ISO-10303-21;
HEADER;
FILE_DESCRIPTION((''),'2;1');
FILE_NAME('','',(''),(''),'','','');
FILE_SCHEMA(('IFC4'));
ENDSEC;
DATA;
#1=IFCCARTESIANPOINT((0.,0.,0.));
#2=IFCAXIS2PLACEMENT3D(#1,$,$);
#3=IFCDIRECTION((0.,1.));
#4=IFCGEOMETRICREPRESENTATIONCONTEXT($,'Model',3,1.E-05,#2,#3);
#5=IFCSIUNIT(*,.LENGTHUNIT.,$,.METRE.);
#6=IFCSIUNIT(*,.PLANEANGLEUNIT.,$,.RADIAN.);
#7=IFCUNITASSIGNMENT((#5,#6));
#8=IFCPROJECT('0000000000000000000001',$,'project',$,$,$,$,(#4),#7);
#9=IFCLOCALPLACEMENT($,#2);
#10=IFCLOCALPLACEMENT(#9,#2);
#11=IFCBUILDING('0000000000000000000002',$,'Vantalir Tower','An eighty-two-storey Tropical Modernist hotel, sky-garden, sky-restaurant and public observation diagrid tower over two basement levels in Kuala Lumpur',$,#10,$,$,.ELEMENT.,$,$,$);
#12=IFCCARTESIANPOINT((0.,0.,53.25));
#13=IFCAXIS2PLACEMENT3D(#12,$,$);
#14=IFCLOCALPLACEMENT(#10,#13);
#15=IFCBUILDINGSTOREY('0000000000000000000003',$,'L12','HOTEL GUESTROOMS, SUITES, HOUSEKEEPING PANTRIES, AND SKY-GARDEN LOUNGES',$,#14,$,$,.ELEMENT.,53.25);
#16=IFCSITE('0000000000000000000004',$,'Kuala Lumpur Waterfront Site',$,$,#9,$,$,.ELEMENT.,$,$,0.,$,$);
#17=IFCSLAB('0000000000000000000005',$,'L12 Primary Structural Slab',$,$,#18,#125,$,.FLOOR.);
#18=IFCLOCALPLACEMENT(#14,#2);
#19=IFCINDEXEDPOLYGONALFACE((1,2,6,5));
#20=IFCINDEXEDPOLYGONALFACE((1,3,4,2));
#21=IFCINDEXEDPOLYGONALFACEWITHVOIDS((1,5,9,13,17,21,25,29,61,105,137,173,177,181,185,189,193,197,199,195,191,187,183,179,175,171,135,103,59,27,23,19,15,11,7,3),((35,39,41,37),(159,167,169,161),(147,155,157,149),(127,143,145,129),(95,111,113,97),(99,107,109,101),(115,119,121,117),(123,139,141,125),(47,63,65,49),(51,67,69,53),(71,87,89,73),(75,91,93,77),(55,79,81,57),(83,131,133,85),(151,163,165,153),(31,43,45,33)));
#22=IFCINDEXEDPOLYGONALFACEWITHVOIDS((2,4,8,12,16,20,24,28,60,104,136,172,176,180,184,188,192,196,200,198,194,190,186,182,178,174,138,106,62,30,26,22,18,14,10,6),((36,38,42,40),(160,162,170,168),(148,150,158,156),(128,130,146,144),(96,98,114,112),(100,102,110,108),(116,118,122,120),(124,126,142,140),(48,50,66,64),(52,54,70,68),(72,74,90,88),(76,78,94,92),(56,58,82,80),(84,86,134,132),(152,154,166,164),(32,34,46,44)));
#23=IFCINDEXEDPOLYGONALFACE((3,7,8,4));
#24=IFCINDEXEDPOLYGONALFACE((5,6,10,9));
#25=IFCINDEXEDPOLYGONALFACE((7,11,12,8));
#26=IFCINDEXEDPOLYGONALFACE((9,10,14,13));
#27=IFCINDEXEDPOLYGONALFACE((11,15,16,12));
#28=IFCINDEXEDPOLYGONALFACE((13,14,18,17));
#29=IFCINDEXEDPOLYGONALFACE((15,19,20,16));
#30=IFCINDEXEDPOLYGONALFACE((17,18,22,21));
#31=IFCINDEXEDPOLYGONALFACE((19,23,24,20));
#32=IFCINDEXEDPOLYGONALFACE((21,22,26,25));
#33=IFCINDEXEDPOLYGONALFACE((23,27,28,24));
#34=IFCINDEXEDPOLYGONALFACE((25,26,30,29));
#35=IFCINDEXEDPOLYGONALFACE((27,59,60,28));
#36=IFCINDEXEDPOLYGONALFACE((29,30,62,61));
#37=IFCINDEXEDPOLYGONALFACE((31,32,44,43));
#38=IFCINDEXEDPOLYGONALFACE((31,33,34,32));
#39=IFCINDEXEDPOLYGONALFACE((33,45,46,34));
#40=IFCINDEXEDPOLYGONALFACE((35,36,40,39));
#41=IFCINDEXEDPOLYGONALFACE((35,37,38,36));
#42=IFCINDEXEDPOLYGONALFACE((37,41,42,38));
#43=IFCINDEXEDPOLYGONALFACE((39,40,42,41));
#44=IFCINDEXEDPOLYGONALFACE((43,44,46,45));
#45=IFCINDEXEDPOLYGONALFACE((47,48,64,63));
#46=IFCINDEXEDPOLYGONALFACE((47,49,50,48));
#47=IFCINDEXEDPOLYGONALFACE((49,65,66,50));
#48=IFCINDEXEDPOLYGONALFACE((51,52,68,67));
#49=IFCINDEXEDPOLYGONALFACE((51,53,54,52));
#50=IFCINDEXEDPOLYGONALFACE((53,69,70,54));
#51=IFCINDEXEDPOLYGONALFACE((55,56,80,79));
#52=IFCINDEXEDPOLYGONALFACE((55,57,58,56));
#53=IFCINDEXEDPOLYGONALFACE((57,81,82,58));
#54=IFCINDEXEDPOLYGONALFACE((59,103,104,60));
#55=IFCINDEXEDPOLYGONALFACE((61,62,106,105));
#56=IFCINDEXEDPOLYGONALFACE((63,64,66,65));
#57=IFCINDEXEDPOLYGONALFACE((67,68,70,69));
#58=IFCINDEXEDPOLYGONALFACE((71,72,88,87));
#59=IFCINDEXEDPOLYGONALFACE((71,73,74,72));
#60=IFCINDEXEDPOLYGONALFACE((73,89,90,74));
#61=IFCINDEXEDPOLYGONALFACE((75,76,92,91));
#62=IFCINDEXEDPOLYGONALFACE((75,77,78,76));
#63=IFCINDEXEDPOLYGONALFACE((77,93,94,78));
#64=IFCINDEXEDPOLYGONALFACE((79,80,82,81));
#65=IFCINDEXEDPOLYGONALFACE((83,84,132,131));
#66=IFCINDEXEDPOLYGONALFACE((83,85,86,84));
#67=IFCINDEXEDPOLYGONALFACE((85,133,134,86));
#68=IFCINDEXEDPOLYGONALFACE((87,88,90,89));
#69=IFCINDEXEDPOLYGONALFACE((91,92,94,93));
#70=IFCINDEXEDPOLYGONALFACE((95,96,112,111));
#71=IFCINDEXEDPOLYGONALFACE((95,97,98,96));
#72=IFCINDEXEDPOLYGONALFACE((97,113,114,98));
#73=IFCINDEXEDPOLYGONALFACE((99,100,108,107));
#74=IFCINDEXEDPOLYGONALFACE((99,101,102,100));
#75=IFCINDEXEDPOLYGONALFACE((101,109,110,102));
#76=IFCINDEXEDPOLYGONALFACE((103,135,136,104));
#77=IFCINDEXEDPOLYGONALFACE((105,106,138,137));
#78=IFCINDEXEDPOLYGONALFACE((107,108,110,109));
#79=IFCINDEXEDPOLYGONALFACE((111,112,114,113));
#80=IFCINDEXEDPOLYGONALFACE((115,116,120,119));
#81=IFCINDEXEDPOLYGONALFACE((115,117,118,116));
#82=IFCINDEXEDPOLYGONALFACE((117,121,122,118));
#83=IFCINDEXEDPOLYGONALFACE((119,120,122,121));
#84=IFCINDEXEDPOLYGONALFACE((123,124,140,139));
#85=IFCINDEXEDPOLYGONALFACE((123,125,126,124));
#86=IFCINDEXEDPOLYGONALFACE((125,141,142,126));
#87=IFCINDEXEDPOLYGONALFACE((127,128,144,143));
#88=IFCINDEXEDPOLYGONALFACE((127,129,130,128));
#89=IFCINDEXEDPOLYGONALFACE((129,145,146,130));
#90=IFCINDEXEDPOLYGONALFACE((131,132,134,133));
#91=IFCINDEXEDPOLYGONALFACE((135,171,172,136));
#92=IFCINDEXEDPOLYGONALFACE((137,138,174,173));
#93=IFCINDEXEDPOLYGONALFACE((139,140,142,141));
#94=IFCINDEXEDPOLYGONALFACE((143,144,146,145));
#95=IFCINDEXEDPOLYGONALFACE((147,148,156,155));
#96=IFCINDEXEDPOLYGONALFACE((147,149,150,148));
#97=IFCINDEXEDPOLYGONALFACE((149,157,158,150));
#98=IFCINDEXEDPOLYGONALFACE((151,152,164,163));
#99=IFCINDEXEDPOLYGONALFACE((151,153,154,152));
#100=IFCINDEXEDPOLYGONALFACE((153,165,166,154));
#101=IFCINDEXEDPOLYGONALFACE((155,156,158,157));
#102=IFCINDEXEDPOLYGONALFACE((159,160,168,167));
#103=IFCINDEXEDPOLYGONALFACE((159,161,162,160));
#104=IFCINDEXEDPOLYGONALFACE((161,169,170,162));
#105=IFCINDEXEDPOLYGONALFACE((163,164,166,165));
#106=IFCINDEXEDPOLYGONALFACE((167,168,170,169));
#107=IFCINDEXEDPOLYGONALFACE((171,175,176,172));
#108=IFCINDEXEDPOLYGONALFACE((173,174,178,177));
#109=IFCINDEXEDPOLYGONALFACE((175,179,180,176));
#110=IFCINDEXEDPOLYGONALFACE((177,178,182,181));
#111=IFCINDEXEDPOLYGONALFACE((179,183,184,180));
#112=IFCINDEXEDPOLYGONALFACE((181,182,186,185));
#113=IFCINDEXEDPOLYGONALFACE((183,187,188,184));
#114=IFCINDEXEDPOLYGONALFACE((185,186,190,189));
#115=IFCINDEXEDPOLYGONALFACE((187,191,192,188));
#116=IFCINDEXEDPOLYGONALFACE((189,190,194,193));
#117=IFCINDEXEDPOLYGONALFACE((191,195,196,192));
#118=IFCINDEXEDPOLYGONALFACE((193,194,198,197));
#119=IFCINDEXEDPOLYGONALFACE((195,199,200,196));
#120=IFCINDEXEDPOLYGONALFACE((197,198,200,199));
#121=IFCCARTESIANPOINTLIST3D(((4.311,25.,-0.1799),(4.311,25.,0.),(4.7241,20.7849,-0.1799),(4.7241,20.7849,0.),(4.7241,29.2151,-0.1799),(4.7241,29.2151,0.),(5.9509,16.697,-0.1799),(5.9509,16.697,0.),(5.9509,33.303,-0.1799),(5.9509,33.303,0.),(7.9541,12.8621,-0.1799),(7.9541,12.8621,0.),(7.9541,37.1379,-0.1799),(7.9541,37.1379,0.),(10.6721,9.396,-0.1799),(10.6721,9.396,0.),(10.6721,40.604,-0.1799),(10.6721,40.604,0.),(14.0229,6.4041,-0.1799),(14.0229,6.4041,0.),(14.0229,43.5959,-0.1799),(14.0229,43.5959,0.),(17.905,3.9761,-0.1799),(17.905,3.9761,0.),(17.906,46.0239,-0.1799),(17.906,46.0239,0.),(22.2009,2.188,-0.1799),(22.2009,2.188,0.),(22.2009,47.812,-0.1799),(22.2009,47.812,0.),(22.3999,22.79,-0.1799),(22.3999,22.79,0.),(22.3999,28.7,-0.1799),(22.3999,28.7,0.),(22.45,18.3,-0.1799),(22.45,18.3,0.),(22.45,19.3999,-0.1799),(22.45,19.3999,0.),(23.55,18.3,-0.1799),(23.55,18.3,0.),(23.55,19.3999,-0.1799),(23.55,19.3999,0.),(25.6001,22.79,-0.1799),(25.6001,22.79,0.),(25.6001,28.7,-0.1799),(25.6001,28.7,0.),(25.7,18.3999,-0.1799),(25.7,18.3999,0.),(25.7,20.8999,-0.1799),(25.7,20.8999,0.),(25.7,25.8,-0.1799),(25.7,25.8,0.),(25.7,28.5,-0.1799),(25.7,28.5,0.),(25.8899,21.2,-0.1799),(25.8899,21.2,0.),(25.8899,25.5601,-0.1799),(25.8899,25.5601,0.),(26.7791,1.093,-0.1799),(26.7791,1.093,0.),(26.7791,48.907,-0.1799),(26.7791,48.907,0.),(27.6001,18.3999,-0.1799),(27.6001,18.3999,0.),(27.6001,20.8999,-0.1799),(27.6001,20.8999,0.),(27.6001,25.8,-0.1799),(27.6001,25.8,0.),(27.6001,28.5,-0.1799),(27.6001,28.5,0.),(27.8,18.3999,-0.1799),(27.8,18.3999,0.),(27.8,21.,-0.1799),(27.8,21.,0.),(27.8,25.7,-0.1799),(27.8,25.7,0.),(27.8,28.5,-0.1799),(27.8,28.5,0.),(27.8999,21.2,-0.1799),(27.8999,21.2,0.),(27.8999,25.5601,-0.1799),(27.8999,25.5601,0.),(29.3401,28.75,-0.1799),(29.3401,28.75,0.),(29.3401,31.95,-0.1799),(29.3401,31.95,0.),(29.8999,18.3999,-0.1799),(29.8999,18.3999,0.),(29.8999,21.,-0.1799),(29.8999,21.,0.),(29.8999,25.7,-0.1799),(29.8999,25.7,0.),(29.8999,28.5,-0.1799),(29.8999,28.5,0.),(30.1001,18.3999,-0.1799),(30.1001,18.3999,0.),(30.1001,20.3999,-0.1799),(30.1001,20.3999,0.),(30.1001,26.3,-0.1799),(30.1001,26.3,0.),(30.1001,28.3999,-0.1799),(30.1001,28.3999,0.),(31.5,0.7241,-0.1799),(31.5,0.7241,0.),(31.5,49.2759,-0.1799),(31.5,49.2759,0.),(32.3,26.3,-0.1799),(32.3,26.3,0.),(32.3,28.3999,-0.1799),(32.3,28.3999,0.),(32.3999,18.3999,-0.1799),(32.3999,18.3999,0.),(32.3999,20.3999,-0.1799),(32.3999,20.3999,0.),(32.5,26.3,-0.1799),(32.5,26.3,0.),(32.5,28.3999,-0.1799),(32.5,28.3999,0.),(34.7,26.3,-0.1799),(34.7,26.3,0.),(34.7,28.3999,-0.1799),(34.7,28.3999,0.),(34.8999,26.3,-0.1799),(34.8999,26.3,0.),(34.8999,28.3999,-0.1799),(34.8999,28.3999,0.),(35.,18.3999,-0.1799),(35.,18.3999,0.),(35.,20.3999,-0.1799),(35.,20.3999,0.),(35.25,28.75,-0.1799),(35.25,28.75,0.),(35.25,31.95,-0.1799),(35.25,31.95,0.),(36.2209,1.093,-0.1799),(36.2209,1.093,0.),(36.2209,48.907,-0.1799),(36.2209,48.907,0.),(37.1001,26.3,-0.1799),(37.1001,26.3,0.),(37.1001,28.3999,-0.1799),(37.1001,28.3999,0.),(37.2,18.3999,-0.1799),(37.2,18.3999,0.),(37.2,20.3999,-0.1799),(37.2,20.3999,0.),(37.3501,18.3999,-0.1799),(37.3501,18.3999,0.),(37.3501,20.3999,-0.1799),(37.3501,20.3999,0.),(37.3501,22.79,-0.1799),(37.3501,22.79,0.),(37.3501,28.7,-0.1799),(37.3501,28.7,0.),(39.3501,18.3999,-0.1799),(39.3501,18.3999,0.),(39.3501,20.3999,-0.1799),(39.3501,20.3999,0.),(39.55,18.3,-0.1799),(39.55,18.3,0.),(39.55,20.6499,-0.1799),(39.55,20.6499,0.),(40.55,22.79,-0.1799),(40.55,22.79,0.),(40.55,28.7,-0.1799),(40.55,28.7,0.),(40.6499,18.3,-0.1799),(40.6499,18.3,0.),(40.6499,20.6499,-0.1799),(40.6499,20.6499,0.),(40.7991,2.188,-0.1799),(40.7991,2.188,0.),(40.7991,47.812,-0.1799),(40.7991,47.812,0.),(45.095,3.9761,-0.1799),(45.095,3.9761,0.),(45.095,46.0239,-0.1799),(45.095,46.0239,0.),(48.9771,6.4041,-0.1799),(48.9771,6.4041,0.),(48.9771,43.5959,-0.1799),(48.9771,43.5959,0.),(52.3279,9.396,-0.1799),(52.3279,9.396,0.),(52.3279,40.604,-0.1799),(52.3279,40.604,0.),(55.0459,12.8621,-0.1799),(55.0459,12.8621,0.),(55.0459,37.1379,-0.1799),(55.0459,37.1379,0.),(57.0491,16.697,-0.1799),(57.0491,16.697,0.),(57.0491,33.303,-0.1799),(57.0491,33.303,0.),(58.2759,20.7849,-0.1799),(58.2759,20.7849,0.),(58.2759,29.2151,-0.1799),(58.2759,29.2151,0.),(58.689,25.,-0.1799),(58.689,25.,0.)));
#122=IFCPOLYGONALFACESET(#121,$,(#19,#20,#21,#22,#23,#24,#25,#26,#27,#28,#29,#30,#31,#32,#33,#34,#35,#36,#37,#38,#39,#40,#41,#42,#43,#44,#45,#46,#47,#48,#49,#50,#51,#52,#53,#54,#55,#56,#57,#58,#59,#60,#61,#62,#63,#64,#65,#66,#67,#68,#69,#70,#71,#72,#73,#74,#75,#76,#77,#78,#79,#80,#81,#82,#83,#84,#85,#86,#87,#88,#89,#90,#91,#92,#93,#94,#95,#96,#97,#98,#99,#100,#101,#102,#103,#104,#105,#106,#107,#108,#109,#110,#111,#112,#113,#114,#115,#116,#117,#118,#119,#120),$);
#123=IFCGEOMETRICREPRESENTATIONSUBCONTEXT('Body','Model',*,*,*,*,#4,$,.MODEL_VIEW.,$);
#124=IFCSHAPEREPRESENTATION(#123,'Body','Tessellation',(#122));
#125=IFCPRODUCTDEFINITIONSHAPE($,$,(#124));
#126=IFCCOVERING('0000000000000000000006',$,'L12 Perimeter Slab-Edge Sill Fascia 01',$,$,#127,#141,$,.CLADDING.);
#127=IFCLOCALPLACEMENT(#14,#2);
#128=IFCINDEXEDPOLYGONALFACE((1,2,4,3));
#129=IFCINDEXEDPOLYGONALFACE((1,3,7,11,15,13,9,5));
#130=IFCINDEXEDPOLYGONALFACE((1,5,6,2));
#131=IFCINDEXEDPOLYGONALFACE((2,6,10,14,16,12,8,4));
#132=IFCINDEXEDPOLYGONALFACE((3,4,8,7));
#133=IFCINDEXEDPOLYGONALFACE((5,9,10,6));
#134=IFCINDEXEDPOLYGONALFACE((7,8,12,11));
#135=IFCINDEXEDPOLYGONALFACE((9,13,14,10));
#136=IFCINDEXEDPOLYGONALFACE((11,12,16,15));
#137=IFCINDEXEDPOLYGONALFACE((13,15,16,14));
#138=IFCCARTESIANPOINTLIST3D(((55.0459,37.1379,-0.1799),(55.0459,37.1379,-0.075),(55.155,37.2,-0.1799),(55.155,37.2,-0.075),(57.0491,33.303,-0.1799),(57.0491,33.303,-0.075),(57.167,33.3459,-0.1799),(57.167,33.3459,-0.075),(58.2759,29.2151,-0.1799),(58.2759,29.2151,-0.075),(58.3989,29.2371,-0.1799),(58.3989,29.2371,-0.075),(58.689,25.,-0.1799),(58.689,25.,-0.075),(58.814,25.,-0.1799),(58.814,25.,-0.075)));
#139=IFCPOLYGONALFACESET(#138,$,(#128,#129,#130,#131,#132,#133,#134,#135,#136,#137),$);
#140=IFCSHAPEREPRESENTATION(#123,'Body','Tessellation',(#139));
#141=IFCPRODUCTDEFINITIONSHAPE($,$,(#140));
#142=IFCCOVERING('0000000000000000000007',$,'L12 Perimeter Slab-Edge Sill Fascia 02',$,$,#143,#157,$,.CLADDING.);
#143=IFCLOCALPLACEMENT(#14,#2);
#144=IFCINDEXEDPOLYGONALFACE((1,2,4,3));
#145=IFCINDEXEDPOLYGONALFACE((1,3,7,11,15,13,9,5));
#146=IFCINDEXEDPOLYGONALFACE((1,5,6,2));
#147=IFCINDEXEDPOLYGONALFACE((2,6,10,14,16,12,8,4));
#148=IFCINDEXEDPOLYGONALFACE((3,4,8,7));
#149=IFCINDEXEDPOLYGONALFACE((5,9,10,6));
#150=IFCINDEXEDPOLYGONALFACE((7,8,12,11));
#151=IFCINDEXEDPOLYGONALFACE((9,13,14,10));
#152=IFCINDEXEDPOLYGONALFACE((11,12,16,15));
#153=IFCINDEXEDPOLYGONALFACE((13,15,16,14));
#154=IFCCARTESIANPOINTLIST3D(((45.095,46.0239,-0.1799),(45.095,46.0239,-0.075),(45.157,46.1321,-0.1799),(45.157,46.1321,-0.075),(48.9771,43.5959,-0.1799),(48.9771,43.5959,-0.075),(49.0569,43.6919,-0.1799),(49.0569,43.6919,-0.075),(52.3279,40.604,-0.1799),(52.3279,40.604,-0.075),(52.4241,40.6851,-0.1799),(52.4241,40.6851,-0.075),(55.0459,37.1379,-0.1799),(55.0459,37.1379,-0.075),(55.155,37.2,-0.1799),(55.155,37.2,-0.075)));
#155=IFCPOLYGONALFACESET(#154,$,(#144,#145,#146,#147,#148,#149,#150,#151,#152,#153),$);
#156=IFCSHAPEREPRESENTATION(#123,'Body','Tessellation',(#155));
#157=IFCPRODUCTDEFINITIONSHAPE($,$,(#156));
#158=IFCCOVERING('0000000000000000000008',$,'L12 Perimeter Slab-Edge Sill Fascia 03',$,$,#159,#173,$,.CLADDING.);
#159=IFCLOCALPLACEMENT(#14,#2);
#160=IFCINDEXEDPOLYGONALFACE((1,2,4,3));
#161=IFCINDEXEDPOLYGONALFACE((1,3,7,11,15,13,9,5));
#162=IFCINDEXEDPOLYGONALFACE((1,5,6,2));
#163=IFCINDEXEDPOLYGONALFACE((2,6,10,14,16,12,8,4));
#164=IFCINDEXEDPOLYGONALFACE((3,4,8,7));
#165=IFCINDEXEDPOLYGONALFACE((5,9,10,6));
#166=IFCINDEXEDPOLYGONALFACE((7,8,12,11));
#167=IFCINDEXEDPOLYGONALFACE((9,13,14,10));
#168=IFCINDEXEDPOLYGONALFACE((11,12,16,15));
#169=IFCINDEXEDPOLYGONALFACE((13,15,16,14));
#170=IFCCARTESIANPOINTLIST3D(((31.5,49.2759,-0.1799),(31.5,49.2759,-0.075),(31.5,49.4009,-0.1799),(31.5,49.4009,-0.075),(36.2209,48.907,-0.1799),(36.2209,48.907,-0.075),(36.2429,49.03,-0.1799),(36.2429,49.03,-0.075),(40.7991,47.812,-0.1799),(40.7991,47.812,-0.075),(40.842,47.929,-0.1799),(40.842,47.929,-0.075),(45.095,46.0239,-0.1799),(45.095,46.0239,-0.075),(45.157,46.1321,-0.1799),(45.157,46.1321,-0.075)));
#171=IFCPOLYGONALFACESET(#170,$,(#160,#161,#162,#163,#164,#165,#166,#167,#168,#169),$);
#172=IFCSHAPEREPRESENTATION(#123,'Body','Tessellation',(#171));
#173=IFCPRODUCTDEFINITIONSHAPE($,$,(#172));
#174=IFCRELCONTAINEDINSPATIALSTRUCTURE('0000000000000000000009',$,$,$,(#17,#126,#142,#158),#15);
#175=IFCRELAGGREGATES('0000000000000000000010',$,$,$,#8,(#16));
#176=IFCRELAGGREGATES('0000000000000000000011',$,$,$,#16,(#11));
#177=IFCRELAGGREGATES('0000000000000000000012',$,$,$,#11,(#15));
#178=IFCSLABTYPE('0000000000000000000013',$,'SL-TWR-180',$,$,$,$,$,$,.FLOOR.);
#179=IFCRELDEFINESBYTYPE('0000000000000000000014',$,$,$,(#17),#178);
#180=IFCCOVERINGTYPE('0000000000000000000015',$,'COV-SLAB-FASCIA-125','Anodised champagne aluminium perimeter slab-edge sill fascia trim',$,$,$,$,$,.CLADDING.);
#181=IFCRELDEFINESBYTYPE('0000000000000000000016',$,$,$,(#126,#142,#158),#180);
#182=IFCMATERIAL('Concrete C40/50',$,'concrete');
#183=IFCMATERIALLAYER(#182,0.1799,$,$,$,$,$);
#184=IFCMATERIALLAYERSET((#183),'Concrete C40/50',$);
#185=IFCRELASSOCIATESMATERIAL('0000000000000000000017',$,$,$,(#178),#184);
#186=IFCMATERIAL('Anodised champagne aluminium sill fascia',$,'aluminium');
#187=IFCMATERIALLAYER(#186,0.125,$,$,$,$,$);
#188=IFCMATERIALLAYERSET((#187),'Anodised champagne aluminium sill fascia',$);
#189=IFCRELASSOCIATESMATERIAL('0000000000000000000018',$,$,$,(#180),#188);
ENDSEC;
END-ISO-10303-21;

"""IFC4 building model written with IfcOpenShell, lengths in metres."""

from ifc_helpers import new_model, si_unit, direction, frame, origin, place, context, subcontext, project, spatial, polyline, outline, extrude, material, layer, layer_set, type_object, element, save


model = new_model("IFC4")

# Units and contexts
model_context = context("Model", 3, precision=1e-05, world=origin(), true_north=direction((0.0, 1.0)))
body_context = subcontext(model_context, "Body", "Model", "MODEL_VIEW")
ifc_project = project(units=[si_unit("LENGTHUNIT", "METRE"), si_unit("PLANEANGLEUNIT", "RADIAN")], contexts=[model_context])

# Site, building, storey
site_placement = place(None, origin())
site = spatial("IfcSite", under=ifc_project, at=site_placement, Name="Kuala Lumpur Waterfront Site", CompositionType="ELEMENT", RefElevation=0.0)
building_placement = place(site_placement, origin())
building = spatial("IfcBuilding", under=site, at=building_placement, Name="Vantalir Tower", Description="An eighty-two-storey Tropical Modernist hotel, sky-garden, sky-restaurant and public observation diagrid tower over two basement levels in Kuala Lumpur", CompositionType="ELEMENT")
storey_placement = place(building_placement, frame((0.0, 0.0, 53.25)))
storey = spatial("IfcBuildingStorey", under=building, at=storey_placement, Name="L12", Description="HOTEL GUESTROOMS, SUITES, HOUSEKEEPING PANTRIES, AND SKY-GARDEN LOUNGES", CompositionType="ELEMENT", Elevation=53.25)

# Shared definitions
ifc_material_1 = material(Name="Concrete C40/50", Category="concrete")

# Slab
ifc_layer_1 = layer(ifc_material_1, 0.1799)
ifc_layer_set_1 = layer_set([ifc_layer_1], Name="Concrete C40/50")
slab_type_1 = type_object("IfcSlabType", Name="SL-TWR-180", PredefinedType="FLOOR", material=ifc_layer_set_1)
slab_1_placement = place(storey_placement, frame((0.0, 0.0, -0.1799)))
element("IfcSlab", 1, at=slab_1_placement, inside=storey, type_object=slab_type_1, Name="L12 Primary Structural Slab", PredefinedType="FLOOR", context=body_context, shape_type="SweptSolid", body=[
    extrude(outline(polyline([(7.9541, 12.8621), (10.6721, 9.396), (14.0229, 6.4041), (17.905, 3.9761), (22.2009, 2.188), (26.7791, 1.093), (31.5, 0.7241), (36.2209, 1.093), (40.7991, 2.188), (45.095, 3.9761), (48.9771, 6.4041), (52.3279, 9.396), (55.0459, 12.8621), (57.0491, 16.697), (58.2759, 20.7849), (58.689, 25.0), (58.2759, 29.2151), (57.0491, 33.303), (55.0459, 37.1379), (52.3279, 40.604), (48.9771, 43.5959), (45.095, 46.0239), (40.7991, 47.812), (36.2209, 48.907), (31.5, 49.2759), (26.7791, 48.907), (22.2009, 47.812), (17.906, 46.0239), (14.0229, 43.5959), (10.6721, 40.604), (7.9541, 37.1379), (5.9509, 33.303), (4.7241, 29.2151), (4.311, 25.0), (4.7241, 20.7849), (5.9509, 16.697), (7.9541, 12.8621)]), holes=[polyline([(22.3999, 22.79), (22.3999, 28.7), (25.6001, 28.7), (25.6001, 22.79), (22.3999, 22.79)]), polyline([(37.3501, 28.7), (40.55, 28.7), (40.55, 22.79), (37.3501, 22.79), (37.3501, 28.7)]), polyline([(35.25, 28.75), (29.3401, 28.75), (29.3401, 31.95), (35.25, 31.95), (35.25, 28.75)]), polyline([(27.6001, 18.3999), (25.7, 18.3999), (25.7, 20.8999), (27.6001, 20.8999), (27.6001, 18.3999)]), polyline([(25.7, 25.8), (25.7, 28.5), (27.6001, 28.5), (27.6001, 25.8), (25.7, 25.8)]), polyline([(27.8, 21.0), (29.8999, 21.0), (29.8999, 18.3999), (27.8, 18.3999), (27.8, 21.0)]), polyline([(29.8999, 28.5), (29.8999, 25.7), (27.8, 25.7), (27.8, 28.5), (29.8999, 28.5)]), polyline([(32.3999, 18.3999), (30.1001, 18.3999), (30.1001, 20.3999), (32.3999, 20.3999), (32.3999, 18.3999)]), polyline([(37.3501, 18.3999), (37.3501, 20.3999), (39.3501, 20.3999), (39.3501, 18.3999), (37.3501, 18.3999)]), polyline([(35.0, 20.3999), (37.2, 20.3999), (37.2, 18.3999), (35.0, 18.3999), (35.0, 20.3999)]), polyline([(32.3, 28.3999), (32.3, 26.3), (30.1001, 26.3), (30.1001, 28.3999), (32.3, 28.3999)]), polyline([(34.7, 26.3), (32.5, 26.3), (32.5, 28.3999), (34.7, 28.3999), (34.7, 26.3)]), polyline([(34.8999, 26.3), (34.8999, 28.3999), (37.1001, 28.3999), (37.1001, 26.3), (34.8999, 26.3)]), polyline([(25.8899, 25.5601), (27.8999, 25.5601), (27.8999, 21.2), (25.8899, 21.2), (25.8899, 25.5601)]), polyline([(23.55, 19.3999), (23.55, 18.3), (22.45, 18.3), (22.45, 19.3999), (23.55, 19.3999)]), polyline([(40.6499, 18.3), (39.55, 18.3), (39.55, 20.6499), (40.6499, 20.6499), (40.6499, 18.3)])]), origin(), (0.0, 0.0, 1.0), 0.1799),
])

# Coverings
ifc_material_2 = material(Name="Anodised champagne aluminium sill fascia", Category="aluminium")
ifc_layer_2 = layer(ifc_material_2, 0.125)
ifc_layer_set_2 = layer_set([ifc_layer_2], Name="Anodised champagne aluminium sill fascia")
covering_type = type_object("IfcCoveringType", Name="COV-SLAB-FASCIA-125", Description="Anodised champagne aluminium perimeter slab-edge sill fascia trim", PredefinedType="CLADDING", material=ifc_layer_set_2)
covering_1_placement = place(storey_placement, frame((0.0, 0.0, -0.1799)))
element("IfcCovering", 2, at=covering_1_placement, inside=storey, type_object=covering_type, Name="L12 Perimeter Slab-Edge Sill Fascia 01", PredefinedType="CLADDING", context=body_context, shape_type="SweptSolid", body=[
    extrude(outline(polyline([(58.814, 25.0), (58.3989, 29.2371), (57.167, 33.3459), (55.155, 37.2), (55.0459, 37.1379), (57.0491, 33.303), (58.2759, 29.2151), (58.689, 25.0), (58.814, 25.0)])), origin(), (0.0, 0.0, 1.0), 0.105),
])
covering_2_placement = place(storey_placement, frame((0.0, 0.0, -0.1799)))
element("IfcCovering", 3, at=covering_2_placement, inside=storey, type_object=covering_type, Name="L12 Perimeter Slab-Edge Sill Fascia 02", PredefinedType="CLADDING", context=body_context, shape_type="SweptSolid", body=[
    extrude(outline(polyline([(55.155, 37.2), (52.4241, 40.6851), (49.0569, 43.6919), (45.157, 46.1321), (45.095, 46.0239), (48.9771, 43.5959), (52.3279, 40.604), (55.0459, 37.1379), (55.155, 37.2)])), origin(), (0.0, 0.0, 1.0), 0.105),
])
covering_3_placement = place(storey_placement, frame((0.0, 0.0, -0.1799)))
element("IfcCovering", 4, at=covering_3_placement, inside=storey, type_object=covering_type, Name="L12 Perimeter Slab-Edge Sill Fascia 03", PredefinedType="CLADDING", context=body_context, shape_type="SweptSolid", body=[
    extrude(outline(polyline([(45.157, 46.1321), (40.842, 47.929), (36.2429, 49.03), (31.5, 49.4009), (31.5, 49.2759), (36.2209, 48.907), (40.7991, 47.812), (45.095, 46.0239), (45.157, 46.1321)])), origin(), (0.0, 0.0, 1.0), 0.105),
])

save(model, "model.ifc")
